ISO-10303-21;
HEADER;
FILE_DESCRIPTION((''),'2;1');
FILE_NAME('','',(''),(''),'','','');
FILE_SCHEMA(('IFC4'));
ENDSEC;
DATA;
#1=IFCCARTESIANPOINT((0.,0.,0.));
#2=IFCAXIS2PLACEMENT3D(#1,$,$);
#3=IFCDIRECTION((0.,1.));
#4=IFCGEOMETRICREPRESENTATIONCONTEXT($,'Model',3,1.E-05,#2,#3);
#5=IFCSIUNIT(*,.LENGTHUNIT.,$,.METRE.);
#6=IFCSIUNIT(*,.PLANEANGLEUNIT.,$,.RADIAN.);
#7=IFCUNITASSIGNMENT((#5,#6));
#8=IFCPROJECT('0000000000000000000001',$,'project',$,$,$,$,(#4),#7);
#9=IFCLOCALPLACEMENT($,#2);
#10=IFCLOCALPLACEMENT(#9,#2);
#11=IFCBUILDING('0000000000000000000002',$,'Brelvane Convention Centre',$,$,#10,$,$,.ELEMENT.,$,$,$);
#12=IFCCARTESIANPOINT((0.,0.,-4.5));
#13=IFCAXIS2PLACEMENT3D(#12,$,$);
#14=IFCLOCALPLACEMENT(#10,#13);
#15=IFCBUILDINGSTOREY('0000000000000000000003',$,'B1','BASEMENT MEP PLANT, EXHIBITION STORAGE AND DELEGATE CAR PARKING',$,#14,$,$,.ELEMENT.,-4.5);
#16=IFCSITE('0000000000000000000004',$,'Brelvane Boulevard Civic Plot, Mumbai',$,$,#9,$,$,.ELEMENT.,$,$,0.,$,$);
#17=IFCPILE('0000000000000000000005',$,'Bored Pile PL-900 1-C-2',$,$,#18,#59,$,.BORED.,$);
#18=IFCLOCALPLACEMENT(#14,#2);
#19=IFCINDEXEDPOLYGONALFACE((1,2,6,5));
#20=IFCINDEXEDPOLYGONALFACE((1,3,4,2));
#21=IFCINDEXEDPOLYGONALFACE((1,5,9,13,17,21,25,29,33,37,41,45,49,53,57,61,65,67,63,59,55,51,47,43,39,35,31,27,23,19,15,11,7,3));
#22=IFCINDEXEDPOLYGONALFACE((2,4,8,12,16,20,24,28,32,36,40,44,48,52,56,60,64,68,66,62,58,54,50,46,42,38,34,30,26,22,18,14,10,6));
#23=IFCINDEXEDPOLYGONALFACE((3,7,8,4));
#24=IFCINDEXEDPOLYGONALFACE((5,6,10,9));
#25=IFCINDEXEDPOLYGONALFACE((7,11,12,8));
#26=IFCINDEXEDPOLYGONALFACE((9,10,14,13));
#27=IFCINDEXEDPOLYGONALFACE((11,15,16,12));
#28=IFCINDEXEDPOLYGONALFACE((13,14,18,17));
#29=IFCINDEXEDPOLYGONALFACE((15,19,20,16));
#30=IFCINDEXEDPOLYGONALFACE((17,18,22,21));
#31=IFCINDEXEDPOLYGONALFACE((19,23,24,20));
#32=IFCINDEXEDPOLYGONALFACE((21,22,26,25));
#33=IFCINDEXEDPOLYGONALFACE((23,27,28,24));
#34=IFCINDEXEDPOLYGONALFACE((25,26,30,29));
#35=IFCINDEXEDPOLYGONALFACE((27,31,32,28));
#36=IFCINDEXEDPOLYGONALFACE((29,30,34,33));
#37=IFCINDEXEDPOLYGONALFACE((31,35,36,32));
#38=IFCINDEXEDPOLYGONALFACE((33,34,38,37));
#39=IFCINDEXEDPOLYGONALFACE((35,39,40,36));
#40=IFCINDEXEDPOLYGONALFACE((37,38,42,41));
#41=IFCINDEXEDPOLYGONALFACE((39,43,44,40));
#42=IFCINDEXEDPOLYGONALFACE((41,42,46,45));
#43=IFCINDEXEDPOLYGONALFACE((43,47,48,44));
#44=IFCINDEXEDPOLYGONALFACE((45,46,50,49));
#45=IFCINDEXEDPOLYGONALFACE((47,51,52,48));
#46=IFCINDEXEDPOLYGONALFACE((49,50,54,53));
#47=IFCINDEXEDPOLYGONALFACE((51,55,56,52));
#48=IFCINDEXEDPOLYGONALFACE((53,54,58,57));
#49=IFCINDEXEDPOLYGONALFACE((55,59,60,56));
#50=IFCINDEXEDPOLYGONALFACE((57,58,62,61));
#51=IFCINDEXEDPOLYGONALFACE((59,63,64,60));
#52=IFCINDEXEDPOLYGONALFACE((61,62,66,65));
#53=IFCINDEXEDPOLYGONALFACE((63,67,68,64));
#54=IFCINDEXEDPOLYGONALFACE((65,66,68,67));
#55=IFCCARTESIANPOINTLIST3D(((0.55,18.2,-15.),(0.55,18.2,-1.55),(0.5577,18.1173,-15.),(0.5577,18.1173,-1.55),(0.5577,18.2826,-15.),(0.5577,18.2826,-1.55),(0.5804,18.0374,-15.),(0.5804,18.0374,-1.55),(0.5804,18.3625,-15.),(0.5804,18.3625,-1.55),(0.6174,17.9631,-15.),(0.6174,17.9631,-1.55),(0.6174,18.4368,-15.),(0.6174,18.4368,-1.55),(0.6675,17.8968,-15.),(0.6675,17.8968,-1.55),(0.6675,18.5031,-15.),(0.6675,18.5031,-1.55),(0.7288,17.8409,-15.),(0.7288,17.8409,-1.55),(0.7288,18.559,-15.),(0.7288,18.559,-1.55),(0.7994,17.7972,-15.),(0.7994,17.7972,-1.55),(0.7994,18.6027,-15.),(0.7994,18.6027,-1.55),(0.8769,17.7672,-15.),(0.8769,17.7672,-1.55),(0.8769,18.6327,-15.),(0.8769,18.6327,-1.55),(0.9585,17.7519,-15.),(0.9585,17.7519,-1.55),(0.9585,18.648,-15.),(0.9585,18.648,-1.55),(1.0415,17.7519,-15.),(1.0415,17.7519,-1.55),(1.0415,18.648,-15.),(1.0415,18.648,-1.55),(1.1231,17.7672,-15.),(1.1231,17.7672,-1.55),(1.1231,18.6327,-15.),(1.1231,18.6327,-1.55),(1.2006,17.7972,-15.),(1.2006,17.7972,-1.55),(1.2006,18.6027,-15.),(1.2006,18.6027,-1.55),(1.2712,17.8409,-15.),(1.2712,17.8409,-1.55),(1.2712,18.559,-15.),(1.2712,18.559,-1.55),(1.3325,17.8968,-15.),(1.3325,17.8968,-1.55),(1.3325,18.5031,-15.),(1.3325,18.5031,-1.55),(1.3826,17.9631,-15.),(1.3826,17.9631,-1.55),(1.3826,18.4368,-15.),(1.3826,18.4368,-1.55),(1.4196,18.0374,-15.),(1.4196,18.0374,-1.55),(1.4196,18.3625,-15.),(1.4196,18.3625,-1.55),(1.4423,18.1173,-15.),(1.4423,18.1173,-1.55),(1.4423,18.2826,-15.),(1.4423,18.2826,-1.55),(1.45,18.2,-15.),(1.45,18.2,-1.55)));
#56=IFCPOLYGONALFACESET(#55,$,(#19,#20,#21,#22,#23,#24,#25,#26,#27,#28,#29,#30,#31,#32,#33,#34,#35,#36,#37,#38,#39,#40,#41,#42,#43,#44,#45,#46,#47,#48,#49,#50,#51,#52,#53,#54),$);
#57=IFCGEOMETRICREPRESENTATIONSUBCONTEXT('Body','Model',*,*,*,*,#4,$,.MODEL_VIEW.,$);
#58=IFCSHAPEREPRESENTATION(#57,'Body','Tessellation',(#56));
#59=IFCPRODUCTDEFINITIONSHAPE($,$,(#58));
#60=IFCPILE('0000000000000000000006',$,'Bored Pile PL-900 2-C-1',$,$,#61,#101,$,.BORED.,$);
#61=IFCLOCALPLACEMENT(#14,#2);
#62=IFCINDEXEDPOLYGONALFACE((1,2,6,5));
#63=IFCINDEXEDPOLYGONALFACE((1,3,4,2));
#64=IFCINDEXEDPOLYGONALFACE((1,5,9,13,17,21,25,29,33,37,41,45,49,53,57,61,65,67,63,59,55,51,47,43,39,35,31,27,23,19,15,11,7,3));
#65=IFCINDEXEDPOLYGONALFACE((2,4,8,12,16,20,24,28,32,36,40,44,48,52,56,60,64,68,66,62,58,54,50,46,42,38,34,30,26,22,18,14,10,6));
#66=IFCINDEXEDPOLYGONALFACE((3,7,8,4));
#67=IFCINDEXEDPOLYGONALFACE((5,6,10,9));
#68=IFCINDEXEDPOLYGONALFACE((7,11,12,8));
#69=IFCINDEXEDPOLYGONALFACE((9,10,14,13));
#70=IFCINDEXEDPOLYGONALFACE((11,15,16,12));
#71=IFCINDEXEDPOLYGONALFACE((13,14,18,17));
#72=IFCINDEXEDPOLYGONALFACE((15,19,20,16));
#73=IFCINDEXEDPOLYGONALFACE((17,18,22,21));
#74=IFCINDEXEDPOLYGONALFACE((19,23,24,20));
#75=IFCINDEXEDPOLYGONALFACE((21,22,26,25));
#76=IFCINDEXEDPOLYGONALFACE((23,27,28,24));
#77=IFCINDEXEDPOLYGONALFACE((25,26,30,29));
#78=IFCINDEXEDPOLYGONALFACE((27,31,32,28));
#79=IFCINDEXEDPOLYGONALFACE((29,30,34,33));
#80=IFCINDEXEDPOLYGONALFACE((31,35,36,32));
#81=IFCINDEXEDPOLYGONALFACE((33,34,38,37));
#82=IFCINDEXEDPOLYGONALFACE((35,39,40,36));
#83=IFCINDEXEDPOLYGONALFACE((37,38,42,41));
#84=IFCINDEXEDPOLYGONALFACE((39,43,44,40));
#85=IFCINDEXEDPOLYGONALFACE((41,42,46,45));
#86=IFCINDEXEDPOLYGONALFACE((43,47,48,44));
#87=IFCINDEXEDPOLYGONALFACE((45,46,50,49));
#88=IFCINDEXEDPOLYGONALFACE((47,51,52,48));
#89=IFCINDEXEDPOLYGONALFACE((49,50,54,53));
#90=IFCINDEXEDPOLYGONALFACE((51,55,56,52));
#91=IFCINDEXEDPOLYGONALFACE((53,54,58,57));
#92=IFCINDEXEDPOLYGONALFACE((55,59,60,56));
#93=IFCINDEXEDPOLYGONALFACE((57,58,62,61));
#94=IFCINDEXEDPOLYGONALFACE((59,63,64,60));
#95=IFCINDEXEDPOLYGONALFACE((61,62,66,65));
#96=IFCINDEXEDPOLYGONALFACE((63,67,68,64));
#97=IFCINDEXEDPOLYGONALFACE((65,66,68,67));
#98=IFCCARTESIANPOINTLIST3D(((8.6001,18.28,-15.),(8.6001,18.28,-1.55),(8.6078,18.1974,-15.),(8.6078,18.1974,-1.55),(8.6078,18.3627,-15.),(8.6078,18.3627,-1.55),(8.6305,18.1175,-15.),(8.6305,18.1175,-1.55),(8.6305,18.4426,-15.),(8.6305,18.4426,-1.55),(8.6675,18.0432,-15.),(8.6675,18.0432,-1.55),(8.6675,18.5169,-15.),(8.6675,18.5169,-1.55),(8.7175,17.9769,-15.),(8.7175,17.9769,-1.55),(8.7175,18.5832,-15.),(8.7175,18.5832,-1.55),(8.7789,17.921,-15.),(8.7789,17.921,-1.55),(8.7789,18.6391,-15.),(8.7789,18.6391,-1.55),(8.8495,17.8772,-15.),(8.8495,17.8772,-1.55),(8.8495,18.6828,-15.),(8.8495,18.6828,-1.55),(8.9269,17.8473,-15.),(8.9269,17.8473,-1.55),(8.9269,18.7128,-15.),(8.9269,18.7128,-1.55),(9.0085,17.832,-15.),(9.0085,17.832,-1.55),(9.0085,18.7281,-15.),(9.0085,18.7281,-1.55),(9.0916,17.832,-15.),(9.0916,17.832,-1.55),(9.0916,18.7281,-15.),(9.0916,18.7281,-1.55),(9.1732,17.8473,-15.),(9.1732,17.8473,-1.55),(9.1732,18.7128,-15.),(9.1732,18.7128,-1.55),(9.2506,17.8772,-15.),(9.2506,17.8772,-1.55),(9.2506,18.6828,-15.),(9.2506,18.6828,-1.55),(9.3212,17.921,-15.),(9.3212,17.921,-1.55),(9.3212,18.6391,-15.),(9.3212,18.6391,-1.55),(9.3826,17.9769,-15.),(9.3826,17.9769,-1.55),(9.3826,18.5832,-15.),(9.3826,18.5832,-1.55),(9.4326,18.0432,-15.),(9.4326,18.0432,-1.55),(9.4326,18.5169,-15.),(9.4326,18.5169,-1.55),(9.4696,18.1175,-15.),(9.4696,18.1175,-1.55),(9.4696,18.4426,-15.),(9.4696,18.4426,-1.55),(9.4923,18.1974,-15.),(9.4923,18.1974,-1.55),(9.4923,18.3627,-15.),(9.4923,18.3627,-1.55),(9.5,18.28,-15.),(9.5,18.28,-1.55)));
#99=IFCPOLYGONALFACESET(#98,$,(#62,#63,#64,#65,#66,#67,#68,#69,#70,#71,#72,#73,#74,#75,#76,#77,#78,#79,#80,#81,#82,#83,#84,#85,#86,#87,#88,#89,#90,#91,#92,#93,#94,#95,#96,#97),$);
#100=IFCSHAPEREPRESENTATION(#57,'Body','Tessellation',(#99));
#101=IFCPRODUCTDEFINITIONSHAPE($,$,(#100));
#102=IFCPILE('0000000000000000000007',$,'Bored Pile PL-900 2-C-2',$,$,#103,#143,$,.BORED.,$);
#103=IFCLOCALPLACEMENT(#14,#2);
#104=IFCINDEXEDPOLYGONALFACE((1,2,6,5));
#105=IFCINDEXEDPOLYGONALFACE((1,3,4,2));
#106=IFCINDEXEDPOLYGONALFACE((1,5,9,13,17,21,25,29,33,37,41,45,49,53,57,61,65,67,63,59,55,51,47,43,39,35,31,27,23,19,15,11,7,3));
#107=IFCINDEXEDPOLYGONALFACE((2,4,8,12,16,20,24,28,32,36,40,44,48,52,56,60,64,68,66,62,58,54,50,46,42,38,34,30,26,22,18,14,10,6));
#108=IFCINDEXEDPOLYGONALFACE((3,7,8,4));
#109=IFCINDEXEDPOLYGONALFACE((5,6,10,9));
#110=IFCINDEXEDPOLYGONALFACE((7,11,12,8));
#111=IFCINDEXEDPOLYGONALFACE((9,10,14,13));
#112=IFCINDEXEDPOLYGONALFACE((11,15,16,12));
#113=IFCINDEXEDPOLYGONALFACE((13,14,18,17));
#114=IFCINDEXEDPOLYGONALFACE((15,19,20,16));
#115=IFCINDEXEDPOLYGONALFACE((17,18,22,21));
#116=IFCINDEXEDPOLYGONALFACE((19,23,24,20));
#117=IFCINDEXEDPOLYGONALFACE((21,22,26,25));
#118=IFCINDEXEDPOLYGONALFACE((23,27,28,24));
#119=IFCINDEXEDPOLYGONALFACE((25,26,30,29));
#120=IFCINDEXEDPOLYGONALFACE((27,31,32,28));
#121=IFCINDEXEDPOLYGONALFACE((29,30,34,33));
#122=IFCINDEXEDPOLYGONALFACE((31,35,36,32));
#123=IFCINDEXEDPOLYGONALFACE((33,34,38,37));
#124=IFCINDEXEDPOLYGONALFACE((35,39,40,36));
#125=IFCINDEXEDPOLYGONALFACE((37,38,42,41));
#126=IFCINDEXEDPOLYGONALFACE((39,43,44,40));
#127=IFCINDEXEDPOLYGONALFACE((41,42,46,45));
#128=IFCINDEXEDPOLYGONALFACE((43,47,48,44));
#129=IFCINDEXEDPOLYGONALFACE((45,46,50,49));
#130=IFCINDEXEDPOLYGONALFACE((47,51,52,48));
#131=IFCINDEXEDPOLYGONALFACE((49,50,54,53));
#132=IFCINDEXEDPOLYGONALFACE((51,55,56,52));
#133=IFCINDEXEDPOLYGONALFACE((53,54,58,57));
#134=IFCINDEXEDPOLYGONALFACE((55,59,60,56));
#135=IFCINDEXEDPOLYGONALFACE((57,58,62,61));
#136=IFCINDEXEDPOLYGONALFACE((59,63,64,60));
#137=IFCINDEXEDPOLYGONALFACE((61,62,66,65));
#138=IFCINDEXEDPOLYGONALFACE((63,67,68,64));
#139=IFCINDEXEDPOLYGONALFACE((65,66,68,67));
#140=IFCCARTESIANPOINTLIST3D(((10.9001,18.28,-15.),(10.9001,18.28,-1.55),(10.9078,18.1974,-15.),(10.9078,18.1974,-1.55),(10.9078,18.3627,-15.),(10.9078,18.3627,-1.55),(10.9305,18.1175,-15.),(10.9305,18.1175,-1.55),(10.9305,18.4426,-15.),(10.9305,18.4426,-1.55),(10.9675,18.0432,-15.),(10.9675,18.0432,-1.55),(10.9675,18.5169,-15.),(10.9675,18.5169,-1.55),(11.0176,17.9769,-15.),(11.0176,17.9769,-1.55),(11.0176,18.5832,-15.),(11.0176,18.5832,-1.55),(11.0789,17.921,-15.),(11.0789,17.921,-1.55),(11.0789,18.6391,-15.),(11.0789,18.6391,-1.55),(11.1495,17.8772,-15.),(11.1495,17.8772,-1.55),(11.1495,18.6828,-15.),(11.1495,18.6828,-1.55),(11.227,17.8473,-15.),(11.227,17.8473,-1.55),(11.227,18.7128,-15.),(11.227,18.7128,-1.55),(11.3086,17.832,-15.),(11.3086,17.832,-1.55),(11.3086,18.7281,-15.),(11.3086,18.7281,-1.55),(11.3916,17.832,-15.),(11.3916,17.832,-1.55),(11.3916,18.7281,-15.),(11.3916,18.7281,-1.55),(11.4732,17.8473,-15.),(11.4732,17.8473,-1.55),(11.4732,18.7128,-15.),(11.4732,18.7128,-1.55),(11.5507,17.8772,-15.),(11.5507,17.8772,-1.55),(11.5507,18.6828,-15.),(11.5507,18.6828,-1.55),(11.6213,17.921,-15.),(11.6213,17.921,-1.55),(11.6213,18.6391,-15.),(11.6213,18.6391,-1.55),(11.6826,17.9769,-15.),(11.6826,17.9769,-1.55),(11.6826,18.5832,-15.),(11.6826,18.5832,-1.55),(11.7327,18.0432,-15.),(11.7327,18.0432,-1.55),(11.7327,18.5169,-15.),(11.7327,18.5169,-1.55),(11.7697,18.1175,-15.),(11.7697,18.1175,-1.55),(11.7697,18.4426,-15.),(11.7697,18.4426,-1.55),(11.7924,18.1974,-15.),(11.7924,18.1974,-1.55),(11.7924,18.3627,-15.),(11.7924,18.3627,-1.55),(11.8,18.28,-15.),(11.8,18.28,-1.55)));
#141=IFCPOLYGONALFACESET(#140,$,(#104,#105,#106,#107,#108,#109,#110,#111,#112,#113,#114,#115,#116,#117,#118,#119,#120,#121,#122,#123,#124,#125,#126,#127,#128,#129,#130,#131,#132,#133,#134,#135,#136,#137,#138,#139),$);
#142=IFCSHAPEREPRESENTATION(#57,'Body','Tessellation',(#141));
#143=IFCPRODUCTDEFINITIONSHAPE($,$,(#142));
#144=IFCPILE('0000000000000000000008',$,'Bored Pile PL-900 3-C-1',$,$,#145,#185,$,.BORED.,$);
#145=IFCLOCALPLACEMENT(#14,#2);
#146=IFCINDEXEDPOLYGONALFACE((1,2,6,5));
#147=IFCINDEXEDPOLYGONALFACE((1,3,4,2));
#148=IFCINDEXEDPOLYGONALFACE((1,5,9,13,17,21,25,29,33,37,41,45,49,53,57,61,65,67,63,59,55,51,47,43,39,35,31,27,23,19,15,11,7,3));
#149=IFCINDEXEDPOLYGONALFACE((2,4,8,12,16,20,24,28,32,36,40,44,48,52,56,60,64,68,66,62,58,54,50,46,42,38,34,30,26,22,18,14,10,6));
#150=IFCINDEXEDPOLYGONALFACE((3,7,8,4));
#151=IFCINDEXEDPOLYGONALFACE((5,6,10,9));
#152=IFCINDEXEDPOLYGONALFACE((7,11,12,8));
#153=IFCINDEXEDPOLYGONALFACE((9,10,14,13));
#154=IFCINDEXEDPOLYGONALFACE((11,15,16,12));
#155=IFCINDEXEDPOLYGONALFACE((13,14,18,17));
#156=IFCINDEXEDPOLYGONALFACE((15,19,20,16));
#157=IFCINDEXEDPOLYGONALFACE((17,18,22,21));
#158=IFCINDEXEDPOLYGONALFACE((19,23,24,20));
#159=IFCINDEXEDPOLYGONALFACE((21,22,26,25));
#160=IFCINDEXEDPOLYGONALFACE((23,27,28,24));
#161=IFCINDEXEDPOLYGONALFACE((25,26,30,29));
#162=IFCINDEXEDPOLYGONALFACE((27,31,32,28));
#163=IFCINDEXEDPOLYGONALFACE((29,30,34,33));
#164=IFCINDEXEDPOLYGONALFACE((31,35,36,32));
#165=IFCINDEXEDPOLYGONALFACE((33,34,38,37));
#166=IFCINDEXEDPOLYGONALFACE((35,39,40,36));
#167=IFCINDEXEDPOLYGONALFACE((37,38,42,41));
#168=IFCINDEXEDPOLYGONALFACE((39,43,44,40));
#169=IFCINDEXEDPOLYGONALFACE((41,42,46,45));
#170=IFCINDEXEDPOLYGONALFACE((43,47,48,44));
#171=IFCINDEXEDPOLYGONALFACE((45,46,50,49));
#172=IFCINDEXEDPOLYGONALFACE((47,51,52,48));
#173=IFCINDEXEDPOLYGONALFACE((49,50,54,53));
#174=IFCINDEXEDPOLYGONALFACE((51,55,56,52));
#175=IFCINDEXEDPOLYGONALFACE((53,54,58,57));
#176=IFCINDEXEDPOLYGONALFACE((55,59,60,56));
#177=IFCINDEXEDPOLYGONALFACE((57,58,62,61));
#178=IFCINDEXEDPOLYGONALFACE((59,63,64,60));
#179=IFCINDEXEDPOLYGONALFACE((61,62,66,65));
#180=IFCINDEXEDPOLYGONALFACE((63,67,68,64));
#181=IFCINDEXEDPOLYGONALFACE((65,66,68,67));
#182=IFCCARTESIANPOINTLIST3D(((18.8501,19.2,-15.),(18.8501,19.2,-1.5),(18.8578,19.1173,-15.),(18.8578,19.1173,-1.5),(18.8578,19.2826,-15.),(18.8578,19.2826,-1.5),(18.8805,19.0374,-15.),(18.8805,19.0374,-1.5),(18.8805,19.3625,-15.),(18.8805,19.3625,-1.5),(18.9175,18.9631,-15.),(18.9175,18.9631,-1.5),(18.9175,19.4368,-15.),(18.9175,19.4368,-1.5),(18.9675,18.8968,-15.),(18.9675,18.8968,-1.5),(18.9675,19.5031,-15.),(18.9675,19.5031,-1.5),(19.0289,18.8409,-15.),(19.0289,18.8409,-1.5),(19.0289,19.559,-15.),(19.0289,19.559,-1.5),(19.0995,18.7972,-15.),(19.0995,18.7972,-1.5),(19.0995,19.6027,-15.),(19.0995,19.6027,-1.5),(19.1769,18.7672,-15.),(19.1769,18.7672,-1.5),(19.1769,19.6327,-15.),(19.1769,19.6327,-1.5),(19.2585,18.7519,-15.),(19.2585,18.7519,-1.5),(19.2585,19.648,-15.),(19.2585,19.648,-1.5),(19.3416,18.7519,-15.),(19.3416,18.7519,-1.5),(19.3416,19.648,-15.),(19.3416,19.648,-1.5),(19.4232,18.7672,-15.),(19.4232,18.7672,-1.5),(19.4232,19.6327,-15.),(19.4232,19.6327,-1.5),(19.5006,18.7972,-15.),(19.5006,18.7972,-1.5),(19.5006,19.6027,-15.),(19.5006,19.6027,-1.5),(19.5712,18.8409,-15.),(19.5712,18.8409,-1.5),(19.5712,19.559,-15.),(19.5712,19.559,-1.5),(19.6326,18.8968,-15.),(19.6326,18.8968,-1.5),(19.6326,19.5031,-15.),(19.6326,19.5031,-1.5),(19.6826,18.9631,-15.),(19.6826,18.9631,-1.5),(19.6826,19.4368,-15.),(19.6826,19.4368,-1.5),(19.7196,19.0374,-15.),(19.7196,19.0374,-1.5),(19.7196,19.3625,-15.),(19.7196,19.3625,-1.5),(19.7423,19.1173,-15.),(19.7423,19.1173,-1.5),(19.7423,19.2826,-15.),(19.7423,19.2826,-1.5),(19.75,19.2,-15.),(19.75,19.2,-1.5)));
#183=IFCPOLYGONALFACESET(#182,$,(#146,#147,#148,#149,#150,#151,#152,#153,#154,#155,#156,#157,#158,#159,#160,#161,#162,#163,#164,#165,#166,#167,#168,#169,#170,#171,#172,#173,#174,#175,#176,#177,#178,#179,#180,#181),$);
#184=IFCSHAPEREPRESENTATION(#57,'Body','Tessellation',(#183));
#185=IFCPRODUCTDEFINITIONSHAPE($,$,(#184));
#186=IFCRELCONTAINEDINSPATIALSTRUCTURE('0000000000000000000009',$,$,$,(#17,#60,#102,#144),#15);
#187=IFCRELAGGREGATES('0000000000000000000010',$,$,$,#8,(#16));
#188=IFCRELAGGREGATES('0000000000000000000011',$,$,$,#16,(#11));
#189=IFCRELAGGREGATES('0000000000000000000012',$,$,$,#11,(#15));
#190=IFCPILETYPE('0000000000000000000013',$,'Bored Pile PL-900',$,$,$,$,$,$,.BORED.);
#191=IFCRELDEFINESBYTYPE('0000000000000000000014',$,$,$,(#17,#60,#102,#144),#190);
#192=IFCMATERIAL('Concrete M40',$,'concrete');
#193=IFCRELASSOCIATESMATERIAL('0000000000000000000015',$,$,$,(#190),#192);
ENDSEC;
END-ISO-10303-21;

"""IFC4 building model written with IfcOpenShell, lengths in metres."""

from ifc_helpers import new_model, si_unit, direction, frame, origin, origin_2d, place, context, subcontext, project, spatial, circle, extrude, material, material_profile, profile_set, type_object, element, save


model = new_model("IFC4")

# Units and contexts
model_context = context("Model", 3, precision=1e-05, world=origin(), true_north=direction((0.0, 1.0)))
body_context = subcontext(model_context, "Body", "Model", "MODEL_VIEW")
ifc_project = project(units=[si_unit("LENGTHUNIT", "METRE"), si_unit("PLANEANGLEUNIT", "RADIAN")], contexts=[model_context])

# Site, building, storey
site_placement = place(None, origin())
site = spatial("IfcSite", under=ifc_project, at=site_placement, Name="Brelvane Boulevard Civic Plot, Mumbai", CompositionType="ELEMENT", RefElevation=0.0)
building_placement = place(site_placement, origin())
building = spatial("IfcBuilding", under=site, at=building_placement, Name="Brelvane Convention Centre", CompositionType="ELEMENT")
storey_placement = place(building_placement, frame((0.0, 0.0, -4.5)))
storey = spatial("IfcBuildingStorey", under=building, at=storey_placement, Name="B1", Description="BASEMENT MEP PLANT, EXHIBITION STORAGE AND DELEGATE CAR PARKING", CompositionType="ELEMENT", Elevation=-4.5)

# Piles
ifc_material_1 = material(Name="Concrete M40", Category="concrete")
ifc_material_profile_1 = material_profile(ifc_material_1, circle(Radius=0.45, at=origin_2d()), Name="PILE D900")
ifc_profile_set_1 = profile_set([ifc_material_profile_1], Name="Concrete M40")
pile_type = type_object("IfcPileType", Name="Bored Pile PL-900", PredefinedType="BORED", material=ifc_profile_set_1)
for number, where, z_axis, x_axis, name in (
    (1, (1.0, 18.2, -1.55), (0.0, 0.0, -1.0), (1.0, 0.0, 0.0), "Bored Pile PL-900 1-C-2"),
    (2, (9.05, 18.28, -1.55), (0.0, 0.0, -1.0), (1.0, 0.0, 0.0), "Bored Pile PL-900 2-C-1"),
    (3, (11.3501, 18.28, -1.55), (0.0, 0.0, -1.0), (1.0, 0.0, 0.0), "Bored Pile PL-900 2-C-2"),
):
    element("IfcPile", number, at=place(storey_placement, frame(where, z_axis=z_axis, x_axis=x_axis)), inside=storey, type_object=pile_type, Name=name, PredefinedType="BORED", context=body_context, shape_type="SweptSolid", body=[
        extrude(circle(Radius=0.45, at=origin_2d()), origin(), (0.0, 0.0, 1.0), 13.45),
    ])
for number, where, z_axis, x_axis, name in (
    (4, (19.3, 19.2, -1.5), (0.0, 0.0, -1.0), (1.0, 0.0, 0.0), "Bored Pile PL-900 3-C-1"),
):
    element("IfcPile", number, at=place(storey_placement, frame(where, z_axis=z_axis, x_axis=x_axis)), inside=storey, type_object=pile_type, Name=name, PredefinedType="BORED", context=body_context, shape_type="SweptSolid", body=[
        extrude(circle(Radius=0.45, at=origin_2d()), origin(), (0.0, 0.0, 1.0), 13.5),
    ])

save(model, "model.ifc")
